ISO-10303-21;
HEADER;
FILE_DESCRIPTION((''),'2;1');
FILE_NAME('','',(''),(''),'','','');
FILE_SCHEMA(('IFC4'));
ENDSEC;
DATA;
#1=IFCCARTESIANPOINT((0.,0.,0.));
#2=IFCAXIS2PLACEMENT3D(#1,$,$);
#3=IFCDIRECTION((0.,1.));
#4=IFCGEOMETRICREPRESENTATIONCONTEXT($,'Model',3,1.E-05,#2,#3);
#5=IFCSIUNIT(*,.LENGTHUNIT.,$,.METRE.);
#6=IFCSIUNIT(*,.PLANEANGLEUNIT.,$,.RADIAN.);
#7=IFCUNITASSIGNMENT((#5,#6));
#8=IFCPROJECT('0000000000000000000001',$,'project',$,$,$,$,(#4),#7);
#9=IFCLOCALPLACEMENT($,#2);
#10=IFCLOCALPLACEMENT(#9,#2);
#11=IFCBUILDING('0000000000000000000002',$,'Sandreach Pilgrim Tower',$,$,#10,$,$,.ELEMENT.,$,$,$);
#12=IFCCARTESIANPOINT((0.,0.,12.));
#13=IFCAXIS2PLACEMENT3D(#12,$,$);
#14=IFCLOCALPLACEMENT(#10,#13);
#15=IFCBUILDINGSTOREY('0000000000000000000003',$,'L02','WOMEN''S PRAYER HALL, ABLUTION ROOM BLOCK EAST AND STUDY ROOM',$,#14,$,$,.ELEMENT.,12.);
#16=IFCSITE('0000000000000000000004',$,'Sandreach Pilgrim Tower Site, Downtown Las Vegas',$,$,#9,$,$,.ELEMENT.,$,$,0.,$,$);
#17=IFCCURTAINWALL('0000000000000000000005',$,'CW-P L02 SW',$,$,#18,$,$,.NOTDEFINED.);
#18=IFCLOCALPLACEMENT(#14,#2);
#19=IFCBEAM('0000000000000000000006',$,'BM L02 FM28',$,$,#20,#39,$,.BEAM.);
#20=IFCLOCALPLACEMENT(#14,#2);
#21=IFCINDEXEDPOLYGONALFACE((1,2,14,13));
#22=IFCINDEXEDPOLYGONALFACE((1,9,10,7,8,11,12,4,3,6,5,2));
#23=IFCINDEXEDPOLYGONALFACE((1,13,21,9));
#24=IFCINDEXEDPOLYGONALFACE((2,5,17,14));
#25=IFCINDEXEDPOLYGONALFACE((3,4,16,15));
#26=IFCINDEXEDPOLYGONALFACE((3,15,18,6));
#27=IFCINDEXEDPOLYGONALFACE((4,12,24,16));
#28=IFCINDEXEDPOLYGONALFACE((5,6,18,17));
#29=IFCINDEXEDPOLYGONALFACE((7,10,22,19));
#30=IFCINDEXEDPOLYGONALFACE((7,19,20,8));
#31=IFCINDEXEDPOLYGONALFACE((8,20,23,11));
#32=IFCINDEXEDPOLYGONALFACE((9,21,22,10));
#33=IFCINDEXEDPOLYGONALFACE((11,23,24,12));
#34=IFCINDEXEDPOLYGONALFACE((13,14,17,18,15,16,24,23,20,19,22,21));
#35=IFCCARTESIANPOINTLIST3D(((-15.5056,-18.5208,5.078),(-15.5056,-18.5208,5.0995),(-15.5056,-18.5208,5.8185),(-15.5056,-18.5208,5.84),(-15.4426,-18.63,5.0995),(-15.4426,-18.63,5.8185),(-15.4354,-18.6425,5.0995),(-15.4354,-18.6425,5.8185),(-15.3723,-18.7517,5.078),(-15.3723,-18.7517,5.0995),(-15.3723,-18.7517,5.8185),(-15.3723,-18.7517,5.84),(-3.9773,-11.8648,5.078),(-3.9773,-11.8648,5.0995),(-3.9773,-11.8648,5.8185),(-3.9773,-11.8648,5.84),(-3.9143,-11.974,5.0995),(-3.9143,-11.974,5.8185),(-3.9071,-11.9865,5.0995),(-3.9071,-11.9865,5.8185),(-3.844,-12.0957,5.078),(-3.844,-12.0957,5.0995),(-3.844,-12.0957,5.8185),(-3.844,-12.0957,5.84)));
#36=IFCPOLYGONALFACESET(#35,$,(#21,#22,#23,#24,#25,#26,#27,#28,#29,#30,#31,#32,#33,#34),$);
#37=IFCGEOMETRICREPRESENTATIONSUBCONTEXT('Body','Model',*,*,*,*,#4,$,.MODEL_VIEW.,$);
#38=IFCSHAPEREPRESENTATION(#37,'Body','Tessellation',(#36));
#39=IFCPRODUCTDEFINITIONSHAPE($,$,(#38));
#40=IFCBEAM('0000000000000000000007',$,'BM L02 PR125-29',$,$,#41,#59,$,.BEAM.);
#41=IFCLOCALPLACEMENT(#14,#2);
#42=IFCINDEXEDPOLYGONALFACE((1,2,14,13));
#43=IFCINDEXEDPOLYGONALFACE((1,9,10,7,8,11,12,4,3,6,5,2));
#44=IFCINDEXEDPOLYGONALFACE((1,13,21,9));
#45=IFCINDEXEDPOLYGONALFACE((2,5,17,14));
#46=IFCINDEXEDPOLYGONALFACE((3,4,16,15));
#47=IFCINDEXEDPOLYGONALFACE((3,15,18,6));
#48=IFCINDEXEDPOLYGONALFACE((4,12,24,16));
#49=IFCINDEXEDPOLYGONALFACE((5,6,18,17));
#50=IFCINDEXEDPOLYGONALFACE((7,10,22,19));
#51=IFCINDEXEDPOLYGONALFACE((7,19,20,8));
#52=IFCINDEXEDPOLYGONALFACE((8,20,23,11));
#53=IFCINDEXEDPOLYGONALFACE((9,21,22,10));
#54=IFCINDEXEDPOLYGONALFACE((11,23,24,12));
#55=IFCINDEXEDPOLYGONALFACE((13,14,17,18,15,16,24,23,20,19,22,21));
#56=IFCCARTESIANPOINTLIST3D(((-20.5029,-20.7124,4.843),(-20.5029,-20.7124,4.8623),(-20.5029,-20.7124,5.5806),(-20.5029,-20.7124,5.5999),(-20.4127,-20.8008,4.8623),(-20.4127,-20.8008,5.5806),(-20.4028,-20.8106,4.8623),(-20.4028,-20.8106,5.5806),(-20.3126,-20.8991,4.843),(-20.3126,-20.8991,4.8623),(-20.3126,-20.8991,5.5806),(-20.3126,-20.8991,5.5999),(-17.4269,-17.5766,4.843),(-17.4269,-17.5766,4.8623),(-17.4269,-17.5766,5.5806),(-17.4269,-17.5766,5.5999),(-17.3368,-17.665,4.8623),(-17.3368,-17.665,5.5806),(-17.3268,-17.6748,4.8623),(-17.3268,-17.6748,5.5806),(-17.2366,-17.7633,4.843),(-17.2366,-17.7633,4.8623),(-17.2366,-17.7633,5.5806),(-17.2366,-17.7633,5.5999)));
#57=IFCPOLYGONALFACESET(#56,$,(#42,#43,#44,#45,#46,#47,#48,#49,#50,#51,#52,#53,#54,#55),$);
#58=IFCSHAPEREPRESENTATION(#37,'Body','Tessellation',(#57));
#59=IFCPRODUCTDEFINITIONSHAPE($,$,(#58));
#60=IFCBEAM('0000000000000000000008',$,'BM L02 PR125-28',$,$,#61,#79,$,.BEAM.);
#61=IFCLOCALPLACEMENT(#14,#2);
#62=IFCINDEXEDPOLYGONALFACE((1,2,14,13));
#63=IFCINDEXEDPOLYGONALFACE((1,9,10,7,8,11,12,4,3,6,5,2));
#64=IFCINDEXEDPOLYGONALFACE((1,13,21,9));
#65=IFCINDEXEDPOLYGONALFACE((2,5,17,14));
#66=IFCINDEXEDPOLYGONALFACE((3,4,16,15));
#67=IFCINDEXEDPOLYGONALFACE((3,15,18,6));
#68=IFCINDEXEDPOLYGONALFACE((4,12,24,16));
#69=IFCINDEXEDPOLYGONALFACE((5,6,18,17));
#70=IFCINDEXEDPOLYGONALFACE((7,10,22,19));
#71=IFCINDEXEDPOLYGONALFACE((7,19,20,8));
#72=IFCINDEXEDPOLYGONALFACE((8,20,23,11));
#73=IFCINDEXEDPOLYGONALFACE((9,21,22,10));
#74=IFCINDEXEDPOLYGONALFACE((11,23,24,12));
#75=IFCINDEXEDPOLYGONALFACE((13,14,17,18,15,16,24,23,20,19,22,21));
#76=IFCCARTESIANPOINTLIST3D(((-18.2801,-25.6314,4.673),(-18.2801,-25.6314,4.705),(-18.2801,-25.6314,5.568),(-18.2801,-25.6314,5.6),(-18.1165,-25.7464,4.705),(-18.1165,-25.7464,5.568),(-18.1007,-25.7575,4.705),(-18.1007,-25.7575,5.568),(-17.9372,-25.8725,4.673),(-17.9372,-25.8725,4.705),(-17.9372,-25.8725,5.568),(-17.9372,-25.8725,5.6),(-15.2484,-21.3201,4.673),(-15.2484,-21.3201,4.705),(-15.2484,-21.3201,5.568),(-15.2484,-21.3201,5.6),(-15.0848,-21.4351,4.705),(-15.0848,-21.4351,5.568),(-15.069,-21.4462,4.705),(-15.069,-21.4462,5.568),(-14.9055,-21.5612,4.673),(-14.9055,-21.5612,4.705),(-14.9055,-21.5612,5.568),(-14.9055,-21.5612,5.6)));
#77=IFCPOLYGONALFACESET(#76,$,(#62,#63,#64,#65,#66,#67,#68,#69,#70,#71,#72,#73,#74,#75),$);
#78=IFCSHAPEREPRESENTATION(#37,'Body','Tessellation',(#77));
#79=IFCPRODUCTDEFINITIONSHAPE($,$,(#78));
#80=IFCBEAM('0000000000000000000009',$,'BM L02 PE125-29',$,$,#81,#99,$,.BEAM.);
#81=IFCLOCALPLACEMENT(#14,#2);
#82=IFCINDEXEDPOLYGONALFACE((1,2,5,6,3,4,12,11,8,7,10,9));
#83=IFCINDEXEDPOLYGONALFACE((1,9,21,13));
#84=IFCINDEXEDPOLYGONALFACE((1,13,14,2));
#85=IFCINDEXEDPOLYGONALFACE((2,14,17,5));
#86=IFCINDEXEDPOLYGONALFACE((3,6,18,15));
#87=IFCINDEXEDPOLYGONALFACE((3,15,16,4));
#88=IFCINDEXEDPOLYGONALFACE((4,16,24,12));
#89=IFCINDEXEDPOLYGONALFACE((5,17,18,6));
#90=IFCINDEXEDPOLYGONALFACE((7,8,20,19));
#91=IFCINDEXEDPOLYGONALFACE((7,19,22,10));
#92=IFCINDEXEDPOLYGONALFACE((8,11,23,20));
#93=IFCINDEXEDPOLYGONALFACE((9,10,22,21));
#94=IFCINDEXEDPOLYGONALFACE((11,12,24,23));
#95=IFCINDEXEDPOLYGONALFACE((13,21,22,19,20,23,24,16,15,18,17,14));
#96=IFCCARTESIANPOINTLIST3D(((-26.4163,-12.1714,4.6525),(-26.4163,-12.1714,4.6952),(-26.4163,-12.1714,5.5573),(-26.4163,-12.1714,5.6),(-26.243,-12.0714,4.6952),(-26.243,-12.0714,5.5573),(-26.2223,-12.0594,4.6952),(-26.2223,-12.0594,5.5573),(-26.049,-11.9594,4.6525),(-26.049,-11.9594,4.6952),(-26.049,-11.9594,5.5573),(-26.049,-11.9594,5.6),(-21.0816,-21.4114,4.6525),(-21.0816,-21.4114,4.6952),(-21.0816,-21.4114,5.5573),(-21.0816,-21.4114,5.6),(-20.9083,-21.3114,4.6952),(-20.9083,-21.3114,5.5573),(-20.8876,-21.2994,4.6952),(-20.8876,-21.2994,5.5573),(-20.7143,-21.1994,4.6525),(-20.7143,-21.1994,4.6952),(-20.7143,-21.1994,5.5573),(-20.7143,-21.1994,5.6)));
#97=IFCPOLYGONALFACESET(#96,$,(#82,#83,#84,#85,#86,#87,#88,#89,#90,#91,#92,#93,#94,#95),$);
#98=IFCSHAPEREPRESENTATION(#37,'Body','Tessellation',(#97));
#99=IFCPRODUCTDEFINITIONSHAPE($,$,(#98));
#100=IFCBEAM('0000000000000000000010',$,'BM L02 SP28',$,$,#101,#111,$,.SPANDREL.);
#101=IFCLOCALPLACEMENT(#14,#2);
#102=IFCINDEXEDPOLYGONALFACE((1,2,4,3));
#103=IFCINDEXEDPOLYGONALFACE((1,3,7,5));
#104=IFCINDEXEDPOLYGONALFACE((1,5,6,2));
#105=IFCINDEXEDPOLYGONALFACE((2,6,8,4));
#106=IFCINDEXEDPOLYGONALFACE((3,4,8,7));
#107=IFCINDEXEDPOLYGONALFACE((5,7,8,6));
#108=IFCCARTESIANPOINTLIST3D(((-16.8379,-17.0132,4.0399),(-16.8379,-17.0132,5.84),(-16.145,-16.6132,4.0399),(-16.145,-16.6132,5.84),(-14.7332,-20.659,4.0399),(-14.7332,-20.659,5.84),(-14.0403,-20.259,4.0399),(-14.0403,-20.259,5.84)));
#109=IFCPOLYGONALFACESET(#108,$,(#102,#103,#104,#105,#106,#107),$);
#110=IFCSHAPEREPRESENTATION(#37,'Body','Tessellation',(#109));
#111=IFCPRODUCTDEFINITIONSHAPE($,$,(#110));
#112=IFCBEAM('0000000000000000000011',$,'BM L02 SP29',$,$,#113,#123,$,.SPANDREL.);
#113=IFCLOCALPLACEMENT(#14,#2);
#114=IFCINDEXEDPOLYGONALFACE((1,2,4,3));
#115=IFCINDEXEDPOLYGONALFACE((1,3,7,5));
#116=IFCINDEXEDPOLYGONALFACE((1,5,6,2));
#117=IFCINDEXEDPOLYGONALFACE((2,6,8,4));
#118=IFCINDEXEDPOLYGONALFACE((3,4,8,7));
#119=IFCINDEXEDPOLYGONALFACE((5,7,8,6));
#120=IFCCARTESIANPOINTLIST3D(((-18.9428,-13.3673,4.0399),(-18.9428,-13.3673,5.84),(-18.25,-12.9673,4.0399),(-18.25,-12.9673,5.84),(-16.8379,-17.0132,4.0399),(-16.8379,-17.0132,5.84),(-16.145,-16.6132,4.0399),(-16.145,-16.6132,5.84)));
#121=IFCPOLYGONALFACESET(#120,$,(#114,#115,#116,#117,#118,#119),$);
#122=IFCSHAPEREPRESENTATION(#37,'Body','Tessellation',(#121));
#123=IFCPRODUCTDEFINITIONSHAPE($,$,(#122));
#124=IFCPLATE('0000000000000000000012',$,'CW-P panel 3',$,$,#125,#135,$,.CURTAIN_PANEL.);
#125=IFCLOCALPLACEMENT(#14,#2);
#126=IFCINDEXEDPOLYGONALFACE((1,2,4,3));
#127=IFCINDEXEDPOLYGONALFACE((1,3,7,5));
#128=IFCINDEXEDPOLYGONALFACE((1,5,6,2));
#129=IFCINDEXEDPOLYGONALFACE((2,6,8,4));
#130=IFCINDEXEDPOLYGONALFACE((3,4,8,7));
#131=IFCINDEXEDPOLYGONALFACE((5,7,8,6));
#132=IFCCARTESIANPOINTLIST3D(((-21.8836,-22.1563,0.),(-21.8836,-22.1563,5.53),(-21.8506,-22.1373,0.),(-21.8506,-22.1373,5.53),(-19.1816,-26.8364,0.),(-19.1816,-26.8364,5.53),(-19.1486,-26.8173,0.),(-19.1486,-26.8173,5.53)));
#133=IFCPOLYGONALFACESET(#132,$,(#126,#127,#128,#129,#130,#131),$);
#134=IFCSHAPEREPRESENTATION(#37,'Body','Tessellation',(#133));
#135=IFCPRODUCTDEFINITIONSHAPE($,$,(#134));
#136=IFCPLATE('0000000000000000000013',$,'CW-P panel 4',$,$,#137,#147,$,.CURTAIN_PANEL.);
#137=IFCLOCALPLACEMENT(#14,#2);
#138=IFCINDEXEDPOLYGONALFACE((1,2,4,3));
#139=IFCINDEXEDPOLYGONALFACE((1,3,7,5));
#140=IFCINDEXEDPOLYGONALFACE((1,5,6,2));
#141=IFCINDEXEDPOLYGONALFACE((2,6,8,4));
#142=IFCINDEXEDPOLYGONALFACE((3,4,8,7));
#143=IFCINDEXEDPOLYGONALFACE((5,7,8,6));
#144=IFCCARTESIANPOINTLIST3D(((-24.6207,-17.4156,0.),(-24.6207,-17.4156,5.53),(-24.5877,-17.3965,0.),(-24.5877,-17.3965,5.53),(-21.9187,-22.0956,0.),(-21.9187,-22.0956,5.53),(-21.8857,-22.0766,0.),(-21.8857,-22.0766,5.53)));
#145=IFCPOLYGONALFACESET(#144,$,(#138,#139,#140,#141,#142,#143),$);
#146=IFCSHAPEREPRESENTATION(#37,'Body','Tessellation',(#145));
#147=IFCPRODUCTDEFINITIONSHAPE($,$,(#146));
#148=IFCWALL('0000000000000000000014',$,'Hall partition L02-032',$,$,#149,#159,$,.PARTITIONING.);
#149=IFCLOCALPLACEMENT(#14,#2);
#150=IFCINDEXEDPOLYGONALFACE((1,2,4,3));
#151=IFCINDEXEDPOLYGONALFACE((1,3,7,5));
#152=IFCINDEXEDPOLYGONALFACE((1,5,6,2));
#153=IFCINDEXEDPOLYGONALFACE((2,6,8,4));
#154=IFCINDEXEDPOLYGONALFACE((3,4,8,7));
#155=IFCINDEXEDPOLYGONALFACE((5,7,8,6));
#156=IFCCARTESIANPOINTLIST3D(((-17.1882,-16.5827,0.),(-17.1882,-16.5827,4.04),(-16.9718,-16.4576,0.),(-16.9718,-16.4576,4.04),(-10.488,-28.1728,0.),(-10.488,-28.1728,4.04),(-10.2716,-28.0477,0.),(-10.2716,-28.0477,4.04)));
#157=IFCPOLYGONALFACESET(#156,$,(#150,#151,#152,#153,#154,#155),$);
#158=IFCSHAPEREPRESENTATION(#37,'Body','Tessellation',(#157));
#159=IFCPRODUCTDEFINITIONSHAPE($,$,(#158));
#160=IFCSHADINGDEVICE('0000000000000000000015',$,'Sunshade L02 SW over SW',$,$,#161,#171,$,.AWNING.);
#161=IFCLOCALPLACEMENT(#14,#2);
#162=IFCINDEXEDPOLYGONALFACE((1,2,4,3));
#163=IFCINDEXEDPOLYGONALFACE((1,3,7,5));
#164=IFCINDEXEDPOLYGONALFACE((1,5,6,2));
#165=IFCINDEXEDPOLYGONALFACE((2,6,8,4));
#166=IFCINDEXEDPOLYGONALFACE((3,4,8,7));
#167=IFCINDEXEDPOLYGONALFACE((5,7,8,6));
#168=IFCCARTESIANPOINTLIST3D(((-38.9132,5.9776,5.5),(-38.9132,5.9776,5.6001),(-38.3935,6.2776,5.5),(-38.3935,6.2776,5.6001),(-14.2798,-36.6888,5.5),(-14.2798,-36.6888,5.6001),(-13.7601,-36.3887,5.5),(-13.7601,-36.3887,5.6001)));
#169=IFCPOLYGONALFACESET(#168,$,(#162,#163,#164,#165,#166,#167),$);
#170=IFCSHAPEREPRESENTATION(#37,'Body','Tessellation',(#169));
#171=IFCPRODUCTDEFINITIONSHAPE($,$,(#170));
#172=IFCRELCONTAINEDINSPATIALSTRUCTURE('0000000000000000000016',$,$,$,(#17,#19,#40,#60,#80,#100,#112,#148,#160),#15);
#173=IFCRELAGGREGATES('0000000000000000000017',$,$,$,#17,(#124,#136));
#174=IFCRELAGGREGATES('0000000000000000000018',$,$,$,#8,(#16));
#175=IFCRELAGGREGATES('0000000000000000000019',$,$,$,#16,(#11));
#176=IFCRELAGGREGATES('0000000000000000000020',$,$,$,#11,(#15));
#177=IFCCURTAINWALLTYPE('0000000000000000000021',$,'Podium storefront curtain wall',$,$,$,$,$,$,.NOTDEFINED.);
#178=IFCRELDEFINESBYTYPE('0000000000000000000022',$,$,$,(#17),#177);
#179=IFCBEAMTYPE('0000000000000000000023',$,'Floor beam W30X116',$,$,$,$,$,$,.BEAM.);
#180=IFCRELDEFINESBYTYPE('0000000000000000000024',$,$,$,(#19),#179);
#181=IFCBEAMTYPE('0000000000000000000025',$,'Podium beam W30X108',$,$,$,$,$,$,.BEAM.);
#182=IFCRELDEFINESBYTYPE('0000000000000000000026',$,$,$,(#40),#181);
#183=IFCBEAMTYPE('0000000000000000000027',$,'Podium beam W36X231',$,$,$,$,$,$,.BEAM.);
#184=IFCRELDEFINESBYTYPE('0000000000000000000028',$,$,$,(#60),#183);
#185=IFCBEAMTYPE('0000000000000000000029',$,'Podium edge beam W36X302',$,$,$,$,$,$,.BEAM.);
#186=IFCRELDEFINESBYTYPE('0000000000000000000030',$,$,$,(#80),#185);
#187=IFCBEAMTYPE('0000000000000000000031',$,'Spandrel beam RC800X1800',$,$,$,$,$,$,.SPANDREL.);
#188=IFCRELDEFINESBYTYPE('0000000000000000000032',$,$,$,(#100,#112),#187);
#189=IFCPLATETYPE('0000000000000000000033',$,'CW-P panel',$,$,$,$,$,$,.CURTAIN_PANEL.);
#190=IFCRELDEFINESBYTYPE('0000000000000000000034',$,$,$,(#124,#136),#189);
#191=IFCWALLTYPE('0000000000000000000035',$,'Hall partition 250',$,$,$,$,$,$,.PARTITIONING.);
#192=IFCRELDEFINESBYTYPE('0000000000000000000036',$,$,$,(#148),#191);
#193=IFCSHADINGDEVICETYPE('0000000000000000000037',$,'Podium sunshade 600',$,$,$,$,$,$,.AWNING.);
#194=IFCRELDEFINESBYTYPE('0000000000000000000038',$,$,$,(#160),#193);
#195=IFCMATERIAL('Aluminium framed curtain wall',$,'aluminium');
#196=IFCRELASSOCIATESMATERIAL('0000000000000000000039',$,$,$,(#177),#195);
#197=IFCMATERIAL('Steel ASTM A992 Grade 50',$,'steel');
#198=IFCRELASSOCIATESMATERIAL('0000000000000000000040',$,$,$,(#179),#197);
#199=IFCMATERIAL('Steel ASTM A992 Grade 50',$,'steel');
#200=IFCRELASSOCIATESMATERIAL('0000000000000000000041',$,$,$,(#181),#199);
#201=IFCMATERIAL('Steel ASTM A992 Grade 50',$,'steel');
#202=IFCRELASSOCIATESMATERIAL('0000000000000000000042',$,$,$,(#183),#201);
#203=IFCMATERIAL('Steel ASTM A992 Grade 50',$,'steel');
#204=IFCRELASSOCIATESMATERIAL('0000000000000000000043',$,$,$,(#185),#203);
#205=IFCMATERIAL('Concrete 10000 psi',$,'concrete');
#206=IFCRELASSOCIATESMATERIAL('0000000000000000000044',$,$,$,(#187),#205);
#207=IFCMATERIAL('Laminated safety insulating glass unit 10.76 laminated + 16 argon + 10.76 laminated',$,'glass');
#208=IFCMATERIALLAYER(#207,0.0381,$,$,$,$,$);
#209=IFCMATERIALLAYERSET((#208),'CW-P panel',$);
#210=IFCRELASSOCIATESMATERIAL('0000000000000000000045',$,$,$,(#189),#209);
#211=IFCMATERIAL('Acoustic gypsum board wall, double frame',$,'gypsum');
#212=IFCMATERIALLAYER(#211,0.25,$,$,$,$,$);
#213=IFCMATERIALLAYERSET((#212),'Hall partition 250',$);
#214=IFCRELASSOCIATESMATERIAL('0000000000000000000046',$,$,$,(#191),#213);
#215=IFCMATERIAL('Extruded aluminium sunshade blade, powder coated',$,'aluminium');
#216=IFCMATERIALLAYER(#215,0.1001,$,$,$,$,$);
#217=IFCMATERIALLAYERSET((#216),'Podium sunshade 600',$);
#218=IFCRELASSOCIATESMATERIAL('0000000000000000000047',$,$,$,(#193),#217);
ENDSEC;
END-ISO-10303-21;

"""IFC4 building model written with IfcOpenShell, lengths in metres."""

from ifc_helpers import new_model, si_unit, direction, frame, frame_2d, origin, origin_2d, place, context, subcontext, project, spatial, rectangle, i_section, extrude, material, layer, layer_set, material_profile, profile_set, type_object, element, aggregate, save


model = new_model("IFC4")

# Units and contexts
model_context = context("Model", 3, precision=1e-05, world=origin(), true_north=direction((0.0, 1.0)))
body_context = subcontext(model_context, "Body", "Model", "MODEL_VIEW")
ifc_project = project(units=[si_unit("LENGTHUNIT", "METRE"), si_unit("PLANEANGLEUNIT", "RADIAN")], contexts=[model_context])

# Site, building, storey
site_placement = place(None, origin())
site = spatial("IfcSite", under=ifc_project, at=site_placement, Name="Sandreach Pilgrim Tower Site, Downtown Las Vegas", CompositionType="ELEMENT", RefElevation=0.0)
building_placement = place(site_placement, origin())
building = spatial("IfcBuilding", under=site, at=building_placement, Name="Sandreach Pilgrim Tower", CompositionType="ELEMENT")
storey_placement = place(building_placement, frame((0.0, 0.0, 12.0)))
storey = spatial("IfcBuildingStorey", under=building, at=storey_placement, Name="L02", Description="WOMEN'S PRAYER HALL, ABLUTION ROOM BLOCK EAST AND STUDY ROOM", CompositionType="ELEMENT", Elevation=12.0)

# Curtain wall
ifc_material_1 = material(Name="Aluminium framed curtain wall", Category="aluminium")
curtain_wall_type = type_object("IfcCurtainWallType", Name="Podium storefront curtain wall", PredefinedType="NOTDEFINED", material=ifc_material_1)
curtain_wall_placement = place(storey_placement, origin())
curtain_wall = element("IfcCurtainWall", 1, at=curtain_wall_placement, inside=storey, type_object=curtain_wall_type, Name="CW-P L02 SW", PredefinedType="NOTDEFINED")

# Beams
ifc_material_2 = material(Name="Steel ASTM A992 Grade 50", Category="steel")
ifc_material_profile_1 = material_profile(ifc_material_2, i_section(OverallWidth=0.2666, OverallDepth=0.762, WebThickness=0.0144, FlangeThickness=0.0215, at=origin_2d()), Name="W30X116")
ifc_profile_set_1 = profile_set([ifc_material_profile_1], Name="Steel ASTM A992 Grade 50")
beam_type_1 = type_object("IfcBeamType", Name="Floor beam W30X116", PredefinedType="BEAM", material=ifc_profile_set_1)
beam_1_placement = place(storey_placement, frame((-15.439, -18.6362, 5.459), z_axis=(0.866021, 0.500007, 0.0), x_axis=(-0.500007, 0.866021, 0.0)))
element("IfcBeam", 2, at=beam_1_placement, inside=storey, type_object=beam_type_1, Name="BM L02 FM28", PredefinedType="BEAM", context=body_context, shape_type="SweptSolid", body=[
    extrude(i_section(OverallWidth=0.2666, OverallDepth=0.762, WebThickness=0.0144, FlangeThickness=0.0215, at=origin_2d()), origin(), (0.0, 0.0, 1.0), 13.3118),
])
ifc_material_3 = material(Name="Steel ASTM A992 Grade 50", Category="steel")
ifc_material_profile_2 = material_profile(ifc_material_3, i_section(OverallWidth=0.2666, OverallDepth=0.7568, WebThickness=0.0139, FlangeThickness=0.0193, at=origin_2d()), Name="W30X108")
ifc_profile_set_2 = profile_set([ifc_material_profile_2], Name="Steel ASTM A992 Grade 50")
beam_type_2 = type_object("IfcBeamType", Name="Podium beam W30X108", PredefinedType="BEAM", material=ifc_profile_set_2)
beam_2_placement = place(storey_placement, frame((-17.3318, -17.6699, 5.2214), z_axis=(-0.700265, -0.713883, 0.0), x_axis=(0.713883, -0.700265, 0.0)))
element("IfcBeam", 3, at=beam_2_placement, inside=storey, type_object=beam_type_2, Name="BM L02 PR125-29", PredefinedType="BEAM", context=body_context, shape_type="SweptSolid", body=[
    extrude(i_section(OverallWidth=0.2666, OverallDepth=0.7568, WebThickness=0.0139, FlangeThickness=0.0193, at=origin_2d()), origin(), (0.0, 0.0, 1.0), 4.3926),
])
ifc_material_4 = material(Name="Steel ASTM A992 Grade 50", Category="steel")
ifc_material_profile_3 = material_profile(ifc_material_4, i_section(OverallWidth=0.4192, OverallDepth=0.927, WebThickness=0.0193, FlangeThickness=0.032, at=origin_2d()), Name="W36X231")
ifc_profile_set_3 = profile_set([ifc_material_profile_3], Name="Steel ASTM A992 Grade 50")
beam_type_3 = type_object("IfcBeamType", Name="Podium beam W36X231", PredefinedType="BEAM", material=ifc_profile_set_3)
beam_3_placement = place(storey_placement, frame((-15.0769, -21.4407, 5.1365), z_axis=(-0.575224, -0.817996, 0.0), x_axis=(0.817996, -0.575224, 0.0)))
element("IfcBeam", 4, at=beam_3_placement, inside=storey, type_object=beam_type_3, Name="BM L02 PR125-28", PredefinedType="BEAM", context=body_context, shape_type="SweptSolid", body=[
    extrude(i_section(OverallWidth=0.4192, OverallDepth=0.927, WebThickness=0.0193, FlangeThickness=0.032, at=origin_2d()), origin(), (0.0, 0.0, 1.0), 5.2705),
])
ifc_material_5 = material(Name="Steel ASTM A992 Grade 50", Category="steel")
ifc_material_profile_4 = material_profile(ifc_material_5, i_section(OverallWidth=0.4241, OverallDepth=0.9475, WebThickness=0.0239, FlangeThickness=0.0427, at=origin_2d()), Name="W36X302")
ifc_profile_set_4 = profile_set([ifc_material_profile_4], Name="Steel ASTM A992 Grade 50")
beam_type_4 = type_object("IfcBeamType", Name="Podium edge beam W36X302", PredefinedType="BEAM", material=ifc_profile_set_4)
beam_4_placement = place(storey_placement, frame((-20.8979, -21.3054, 5.1262), z_axis=(-0.5, 0.866025, 0.0), x_axis=(-0.866025, -0.5, 0.0)))
element("IfcBeam", 5, at=beam_4_placement, inside=storey, type_object=beam_type_4, Name="BM L02 PE125-29", PredefinedType="BEAM", context=body_context, shape_type="SweptSolid", body=[
    extrude(i_section(OverallWidth=0.4241, OverallDepth=0.9475, WebThickness=0.0239, FlangeThickness=0.0427, at=origin_2d()), origin(), (0.0, 0.0, 1.0), 10.6694),
])
ifc_material_6 = material(Name="Concrete 10000 psi", Category="concrete")
ifc_material_profile_5 = material_profile(ifc_material_6, rectangle(XDim=0.8, YDim=1.8, at=origin_2d()), Name="RC800X1800")
ifc_profile_set_5 = profile_set([ifc_material_profile_5], Name="Concrete 10000 psi")
beam_type_5 = type_object("IfcBeamType", Name="Spandrel beam RC800X1800", PredefinedType="SPANDREL", material=ifc_profile_set_5)
beam_5_placement = place(storey_placement, frame((-14.3867, -20.459, 4.9399), z_axis=(-0.499975, 0.86604, 0.0), x_axis=(-0.86604, -0.499975, 0.0)))
element("IfcBeam", 6, at=beam_5_placement, inside=storey, type_object=beam_type_5, Name="BM L02 SP28", PredefinedType="SPANDREL", context=body_context, shape_type="SweptSolid", body=[
    extrude(rectangle(XDim=0.8, YDim=1.8, at=origin_2d()), origin(), (0.0, 0.0, 1.0), 4.2097),
])
beam_6_placement = place(storey_placement, frame((-16.4915, -16.8132, 4.9399), z_axis=(-0.499994, 0.866029, 0.0), x_axis=(-0.866029, -0.499994, 0.0)))
element("IfcBeam", 7, at=beam_6_placement, inside=storey, type_object=beam_type_5, Name="BM L02 SP29", PredefinedType="SPANDREL", context=body_context, shape_type="SweptSolid", body=[
    extrude(rectangle(XDim=0.8, YDim=1.8, at=origin_2d()), origin(), (0.0, 0.0, 1.0), 4.21),
])

# Plates
ifc_material_7 = material(Name="Laminated safety insulating glass unit 10.76 laminated + 16 argon + 10.76 laminated", Category="glass")
ifc_layer_1 = layer(ifc_material_7, 0.0381)
ifc_layer_set_1 = layer_set([ifc_layer_1], Name="CW-P panel")
plate_type = type_object("IfcPlateType", Name="CW-P panel", PredefinedType="CURTAIN_PANEL", material=ifc_layer_set_1)
plate_1_placement = place(storey_placement, frame((-20.5161, -24.4868, 0.0), z_axis=(0.0, 0.0, 1.0), x_axis=(-0.5, 0.866025, 0.0)))
plate_1 = element("IfcPlate", 8, at=plate_1_placement, type_object=plate_type, Name="CW-P panel 3", PredefinedType="CURTAIN_PANEL", context=body_context, shape_type="SweptSolid", body=[
    extrude(rectangle(XDim=5.4041, YDim=0.0381, at=origin_2d()), origin(), (0.0, 0.0, 1.0), 5.53),
])
plate_2_placement = place(storey_placement, frame((-23.2532, -19.7461, 0.0), z_axis=(0.0, 0.0, 1.0), x_axis=(-0.5, 0.866025, 0.0)))
plate_2 = element("IfcPlate", 9, at=plate_2_placement, type_object=plate_type, Name="CW-P panel 4", PredefinedType="CURTAIN_PANEL", context=body_context, shape_type="SweptSolid", body=[
    extrude(rectangle(XDim=5.4041, YDim=0.0381, at=origin_2d()), origin(), (0.0, 0.0, 1.0), 5.53),
])
aggregate(curtain_wall, [plate_1, plate_2])

# Wall
ifc_material_8 = material(Name="Acoustic gypsum board wall, double frame", Category="gypsum")
ifc_layer_2 = layer(ifc_material_8, 0.25)
ifc_layer_set_2 = layer_set([ifc_layer_2], Name="Hall partition 250")
wall_type = type_object("IfcWallType", Name="Hall partition 250", PredefinedType="PARTITIONING", material=ifc_layer_set_2)
wall_placement = place(storey_placement, frame((-17.0801, -16.52, 0.0), z_axis=(0.0, 0.0, 1.0), x_axis=(0.500485, -0.865745, 0.0)))
element("IfcWall", 10, at=wall_placement, inside=storey, type_object=wall_type, Name="Hall partition L02-032", PredefinedType="PARTITIONING", context=body_context, shape_type="SweptSolid", body=[
    extrude(rectangle(XDim=13.3875, YDim=0.25, at=frame_2d((6.6938, 0.0))), origin(), (0.0, 0.0, 1.0), 4.04),
])

# Shading device
ifc_material_9 = material(Name="Extruded aluminium sunshade blade, powder coated", Category="aluminium")
ifc_layer_3 = layer(ifc_material_9, 0.1001)
ifc_layer_set_3 = layer_set([ifc_layer_3], Name="Podium sunshade 600")
shading_device_type = type_object("IfcShadingDeviceType", Name="Podium sunshade 600", PredefinedType="AWNING", material=ifc_layer_set_3)
shading_device_placement = place(storey_placement, frame((-26.3367, -15.2056, 5.5), z_axis=(0.0, 0.0, 1.0), x_axis=(-0.5, 0.866025, 0.0)))
element("IfcShadingDevice", 11, at=shading_device_placement, inside=storey, type_object=shading_device_type, Name="Sunshade L02 SW over SW", PredefinedType="AWNING", context=body_context, shape_type="SweptSolid", body=[
    extrude(rectangle(XDim=49.2668, YDim=0.6001, at=origin_2d()), origin(), (0.0, 0.0, 1.0), 0.1001),
])

save(model, "model.ifc")
